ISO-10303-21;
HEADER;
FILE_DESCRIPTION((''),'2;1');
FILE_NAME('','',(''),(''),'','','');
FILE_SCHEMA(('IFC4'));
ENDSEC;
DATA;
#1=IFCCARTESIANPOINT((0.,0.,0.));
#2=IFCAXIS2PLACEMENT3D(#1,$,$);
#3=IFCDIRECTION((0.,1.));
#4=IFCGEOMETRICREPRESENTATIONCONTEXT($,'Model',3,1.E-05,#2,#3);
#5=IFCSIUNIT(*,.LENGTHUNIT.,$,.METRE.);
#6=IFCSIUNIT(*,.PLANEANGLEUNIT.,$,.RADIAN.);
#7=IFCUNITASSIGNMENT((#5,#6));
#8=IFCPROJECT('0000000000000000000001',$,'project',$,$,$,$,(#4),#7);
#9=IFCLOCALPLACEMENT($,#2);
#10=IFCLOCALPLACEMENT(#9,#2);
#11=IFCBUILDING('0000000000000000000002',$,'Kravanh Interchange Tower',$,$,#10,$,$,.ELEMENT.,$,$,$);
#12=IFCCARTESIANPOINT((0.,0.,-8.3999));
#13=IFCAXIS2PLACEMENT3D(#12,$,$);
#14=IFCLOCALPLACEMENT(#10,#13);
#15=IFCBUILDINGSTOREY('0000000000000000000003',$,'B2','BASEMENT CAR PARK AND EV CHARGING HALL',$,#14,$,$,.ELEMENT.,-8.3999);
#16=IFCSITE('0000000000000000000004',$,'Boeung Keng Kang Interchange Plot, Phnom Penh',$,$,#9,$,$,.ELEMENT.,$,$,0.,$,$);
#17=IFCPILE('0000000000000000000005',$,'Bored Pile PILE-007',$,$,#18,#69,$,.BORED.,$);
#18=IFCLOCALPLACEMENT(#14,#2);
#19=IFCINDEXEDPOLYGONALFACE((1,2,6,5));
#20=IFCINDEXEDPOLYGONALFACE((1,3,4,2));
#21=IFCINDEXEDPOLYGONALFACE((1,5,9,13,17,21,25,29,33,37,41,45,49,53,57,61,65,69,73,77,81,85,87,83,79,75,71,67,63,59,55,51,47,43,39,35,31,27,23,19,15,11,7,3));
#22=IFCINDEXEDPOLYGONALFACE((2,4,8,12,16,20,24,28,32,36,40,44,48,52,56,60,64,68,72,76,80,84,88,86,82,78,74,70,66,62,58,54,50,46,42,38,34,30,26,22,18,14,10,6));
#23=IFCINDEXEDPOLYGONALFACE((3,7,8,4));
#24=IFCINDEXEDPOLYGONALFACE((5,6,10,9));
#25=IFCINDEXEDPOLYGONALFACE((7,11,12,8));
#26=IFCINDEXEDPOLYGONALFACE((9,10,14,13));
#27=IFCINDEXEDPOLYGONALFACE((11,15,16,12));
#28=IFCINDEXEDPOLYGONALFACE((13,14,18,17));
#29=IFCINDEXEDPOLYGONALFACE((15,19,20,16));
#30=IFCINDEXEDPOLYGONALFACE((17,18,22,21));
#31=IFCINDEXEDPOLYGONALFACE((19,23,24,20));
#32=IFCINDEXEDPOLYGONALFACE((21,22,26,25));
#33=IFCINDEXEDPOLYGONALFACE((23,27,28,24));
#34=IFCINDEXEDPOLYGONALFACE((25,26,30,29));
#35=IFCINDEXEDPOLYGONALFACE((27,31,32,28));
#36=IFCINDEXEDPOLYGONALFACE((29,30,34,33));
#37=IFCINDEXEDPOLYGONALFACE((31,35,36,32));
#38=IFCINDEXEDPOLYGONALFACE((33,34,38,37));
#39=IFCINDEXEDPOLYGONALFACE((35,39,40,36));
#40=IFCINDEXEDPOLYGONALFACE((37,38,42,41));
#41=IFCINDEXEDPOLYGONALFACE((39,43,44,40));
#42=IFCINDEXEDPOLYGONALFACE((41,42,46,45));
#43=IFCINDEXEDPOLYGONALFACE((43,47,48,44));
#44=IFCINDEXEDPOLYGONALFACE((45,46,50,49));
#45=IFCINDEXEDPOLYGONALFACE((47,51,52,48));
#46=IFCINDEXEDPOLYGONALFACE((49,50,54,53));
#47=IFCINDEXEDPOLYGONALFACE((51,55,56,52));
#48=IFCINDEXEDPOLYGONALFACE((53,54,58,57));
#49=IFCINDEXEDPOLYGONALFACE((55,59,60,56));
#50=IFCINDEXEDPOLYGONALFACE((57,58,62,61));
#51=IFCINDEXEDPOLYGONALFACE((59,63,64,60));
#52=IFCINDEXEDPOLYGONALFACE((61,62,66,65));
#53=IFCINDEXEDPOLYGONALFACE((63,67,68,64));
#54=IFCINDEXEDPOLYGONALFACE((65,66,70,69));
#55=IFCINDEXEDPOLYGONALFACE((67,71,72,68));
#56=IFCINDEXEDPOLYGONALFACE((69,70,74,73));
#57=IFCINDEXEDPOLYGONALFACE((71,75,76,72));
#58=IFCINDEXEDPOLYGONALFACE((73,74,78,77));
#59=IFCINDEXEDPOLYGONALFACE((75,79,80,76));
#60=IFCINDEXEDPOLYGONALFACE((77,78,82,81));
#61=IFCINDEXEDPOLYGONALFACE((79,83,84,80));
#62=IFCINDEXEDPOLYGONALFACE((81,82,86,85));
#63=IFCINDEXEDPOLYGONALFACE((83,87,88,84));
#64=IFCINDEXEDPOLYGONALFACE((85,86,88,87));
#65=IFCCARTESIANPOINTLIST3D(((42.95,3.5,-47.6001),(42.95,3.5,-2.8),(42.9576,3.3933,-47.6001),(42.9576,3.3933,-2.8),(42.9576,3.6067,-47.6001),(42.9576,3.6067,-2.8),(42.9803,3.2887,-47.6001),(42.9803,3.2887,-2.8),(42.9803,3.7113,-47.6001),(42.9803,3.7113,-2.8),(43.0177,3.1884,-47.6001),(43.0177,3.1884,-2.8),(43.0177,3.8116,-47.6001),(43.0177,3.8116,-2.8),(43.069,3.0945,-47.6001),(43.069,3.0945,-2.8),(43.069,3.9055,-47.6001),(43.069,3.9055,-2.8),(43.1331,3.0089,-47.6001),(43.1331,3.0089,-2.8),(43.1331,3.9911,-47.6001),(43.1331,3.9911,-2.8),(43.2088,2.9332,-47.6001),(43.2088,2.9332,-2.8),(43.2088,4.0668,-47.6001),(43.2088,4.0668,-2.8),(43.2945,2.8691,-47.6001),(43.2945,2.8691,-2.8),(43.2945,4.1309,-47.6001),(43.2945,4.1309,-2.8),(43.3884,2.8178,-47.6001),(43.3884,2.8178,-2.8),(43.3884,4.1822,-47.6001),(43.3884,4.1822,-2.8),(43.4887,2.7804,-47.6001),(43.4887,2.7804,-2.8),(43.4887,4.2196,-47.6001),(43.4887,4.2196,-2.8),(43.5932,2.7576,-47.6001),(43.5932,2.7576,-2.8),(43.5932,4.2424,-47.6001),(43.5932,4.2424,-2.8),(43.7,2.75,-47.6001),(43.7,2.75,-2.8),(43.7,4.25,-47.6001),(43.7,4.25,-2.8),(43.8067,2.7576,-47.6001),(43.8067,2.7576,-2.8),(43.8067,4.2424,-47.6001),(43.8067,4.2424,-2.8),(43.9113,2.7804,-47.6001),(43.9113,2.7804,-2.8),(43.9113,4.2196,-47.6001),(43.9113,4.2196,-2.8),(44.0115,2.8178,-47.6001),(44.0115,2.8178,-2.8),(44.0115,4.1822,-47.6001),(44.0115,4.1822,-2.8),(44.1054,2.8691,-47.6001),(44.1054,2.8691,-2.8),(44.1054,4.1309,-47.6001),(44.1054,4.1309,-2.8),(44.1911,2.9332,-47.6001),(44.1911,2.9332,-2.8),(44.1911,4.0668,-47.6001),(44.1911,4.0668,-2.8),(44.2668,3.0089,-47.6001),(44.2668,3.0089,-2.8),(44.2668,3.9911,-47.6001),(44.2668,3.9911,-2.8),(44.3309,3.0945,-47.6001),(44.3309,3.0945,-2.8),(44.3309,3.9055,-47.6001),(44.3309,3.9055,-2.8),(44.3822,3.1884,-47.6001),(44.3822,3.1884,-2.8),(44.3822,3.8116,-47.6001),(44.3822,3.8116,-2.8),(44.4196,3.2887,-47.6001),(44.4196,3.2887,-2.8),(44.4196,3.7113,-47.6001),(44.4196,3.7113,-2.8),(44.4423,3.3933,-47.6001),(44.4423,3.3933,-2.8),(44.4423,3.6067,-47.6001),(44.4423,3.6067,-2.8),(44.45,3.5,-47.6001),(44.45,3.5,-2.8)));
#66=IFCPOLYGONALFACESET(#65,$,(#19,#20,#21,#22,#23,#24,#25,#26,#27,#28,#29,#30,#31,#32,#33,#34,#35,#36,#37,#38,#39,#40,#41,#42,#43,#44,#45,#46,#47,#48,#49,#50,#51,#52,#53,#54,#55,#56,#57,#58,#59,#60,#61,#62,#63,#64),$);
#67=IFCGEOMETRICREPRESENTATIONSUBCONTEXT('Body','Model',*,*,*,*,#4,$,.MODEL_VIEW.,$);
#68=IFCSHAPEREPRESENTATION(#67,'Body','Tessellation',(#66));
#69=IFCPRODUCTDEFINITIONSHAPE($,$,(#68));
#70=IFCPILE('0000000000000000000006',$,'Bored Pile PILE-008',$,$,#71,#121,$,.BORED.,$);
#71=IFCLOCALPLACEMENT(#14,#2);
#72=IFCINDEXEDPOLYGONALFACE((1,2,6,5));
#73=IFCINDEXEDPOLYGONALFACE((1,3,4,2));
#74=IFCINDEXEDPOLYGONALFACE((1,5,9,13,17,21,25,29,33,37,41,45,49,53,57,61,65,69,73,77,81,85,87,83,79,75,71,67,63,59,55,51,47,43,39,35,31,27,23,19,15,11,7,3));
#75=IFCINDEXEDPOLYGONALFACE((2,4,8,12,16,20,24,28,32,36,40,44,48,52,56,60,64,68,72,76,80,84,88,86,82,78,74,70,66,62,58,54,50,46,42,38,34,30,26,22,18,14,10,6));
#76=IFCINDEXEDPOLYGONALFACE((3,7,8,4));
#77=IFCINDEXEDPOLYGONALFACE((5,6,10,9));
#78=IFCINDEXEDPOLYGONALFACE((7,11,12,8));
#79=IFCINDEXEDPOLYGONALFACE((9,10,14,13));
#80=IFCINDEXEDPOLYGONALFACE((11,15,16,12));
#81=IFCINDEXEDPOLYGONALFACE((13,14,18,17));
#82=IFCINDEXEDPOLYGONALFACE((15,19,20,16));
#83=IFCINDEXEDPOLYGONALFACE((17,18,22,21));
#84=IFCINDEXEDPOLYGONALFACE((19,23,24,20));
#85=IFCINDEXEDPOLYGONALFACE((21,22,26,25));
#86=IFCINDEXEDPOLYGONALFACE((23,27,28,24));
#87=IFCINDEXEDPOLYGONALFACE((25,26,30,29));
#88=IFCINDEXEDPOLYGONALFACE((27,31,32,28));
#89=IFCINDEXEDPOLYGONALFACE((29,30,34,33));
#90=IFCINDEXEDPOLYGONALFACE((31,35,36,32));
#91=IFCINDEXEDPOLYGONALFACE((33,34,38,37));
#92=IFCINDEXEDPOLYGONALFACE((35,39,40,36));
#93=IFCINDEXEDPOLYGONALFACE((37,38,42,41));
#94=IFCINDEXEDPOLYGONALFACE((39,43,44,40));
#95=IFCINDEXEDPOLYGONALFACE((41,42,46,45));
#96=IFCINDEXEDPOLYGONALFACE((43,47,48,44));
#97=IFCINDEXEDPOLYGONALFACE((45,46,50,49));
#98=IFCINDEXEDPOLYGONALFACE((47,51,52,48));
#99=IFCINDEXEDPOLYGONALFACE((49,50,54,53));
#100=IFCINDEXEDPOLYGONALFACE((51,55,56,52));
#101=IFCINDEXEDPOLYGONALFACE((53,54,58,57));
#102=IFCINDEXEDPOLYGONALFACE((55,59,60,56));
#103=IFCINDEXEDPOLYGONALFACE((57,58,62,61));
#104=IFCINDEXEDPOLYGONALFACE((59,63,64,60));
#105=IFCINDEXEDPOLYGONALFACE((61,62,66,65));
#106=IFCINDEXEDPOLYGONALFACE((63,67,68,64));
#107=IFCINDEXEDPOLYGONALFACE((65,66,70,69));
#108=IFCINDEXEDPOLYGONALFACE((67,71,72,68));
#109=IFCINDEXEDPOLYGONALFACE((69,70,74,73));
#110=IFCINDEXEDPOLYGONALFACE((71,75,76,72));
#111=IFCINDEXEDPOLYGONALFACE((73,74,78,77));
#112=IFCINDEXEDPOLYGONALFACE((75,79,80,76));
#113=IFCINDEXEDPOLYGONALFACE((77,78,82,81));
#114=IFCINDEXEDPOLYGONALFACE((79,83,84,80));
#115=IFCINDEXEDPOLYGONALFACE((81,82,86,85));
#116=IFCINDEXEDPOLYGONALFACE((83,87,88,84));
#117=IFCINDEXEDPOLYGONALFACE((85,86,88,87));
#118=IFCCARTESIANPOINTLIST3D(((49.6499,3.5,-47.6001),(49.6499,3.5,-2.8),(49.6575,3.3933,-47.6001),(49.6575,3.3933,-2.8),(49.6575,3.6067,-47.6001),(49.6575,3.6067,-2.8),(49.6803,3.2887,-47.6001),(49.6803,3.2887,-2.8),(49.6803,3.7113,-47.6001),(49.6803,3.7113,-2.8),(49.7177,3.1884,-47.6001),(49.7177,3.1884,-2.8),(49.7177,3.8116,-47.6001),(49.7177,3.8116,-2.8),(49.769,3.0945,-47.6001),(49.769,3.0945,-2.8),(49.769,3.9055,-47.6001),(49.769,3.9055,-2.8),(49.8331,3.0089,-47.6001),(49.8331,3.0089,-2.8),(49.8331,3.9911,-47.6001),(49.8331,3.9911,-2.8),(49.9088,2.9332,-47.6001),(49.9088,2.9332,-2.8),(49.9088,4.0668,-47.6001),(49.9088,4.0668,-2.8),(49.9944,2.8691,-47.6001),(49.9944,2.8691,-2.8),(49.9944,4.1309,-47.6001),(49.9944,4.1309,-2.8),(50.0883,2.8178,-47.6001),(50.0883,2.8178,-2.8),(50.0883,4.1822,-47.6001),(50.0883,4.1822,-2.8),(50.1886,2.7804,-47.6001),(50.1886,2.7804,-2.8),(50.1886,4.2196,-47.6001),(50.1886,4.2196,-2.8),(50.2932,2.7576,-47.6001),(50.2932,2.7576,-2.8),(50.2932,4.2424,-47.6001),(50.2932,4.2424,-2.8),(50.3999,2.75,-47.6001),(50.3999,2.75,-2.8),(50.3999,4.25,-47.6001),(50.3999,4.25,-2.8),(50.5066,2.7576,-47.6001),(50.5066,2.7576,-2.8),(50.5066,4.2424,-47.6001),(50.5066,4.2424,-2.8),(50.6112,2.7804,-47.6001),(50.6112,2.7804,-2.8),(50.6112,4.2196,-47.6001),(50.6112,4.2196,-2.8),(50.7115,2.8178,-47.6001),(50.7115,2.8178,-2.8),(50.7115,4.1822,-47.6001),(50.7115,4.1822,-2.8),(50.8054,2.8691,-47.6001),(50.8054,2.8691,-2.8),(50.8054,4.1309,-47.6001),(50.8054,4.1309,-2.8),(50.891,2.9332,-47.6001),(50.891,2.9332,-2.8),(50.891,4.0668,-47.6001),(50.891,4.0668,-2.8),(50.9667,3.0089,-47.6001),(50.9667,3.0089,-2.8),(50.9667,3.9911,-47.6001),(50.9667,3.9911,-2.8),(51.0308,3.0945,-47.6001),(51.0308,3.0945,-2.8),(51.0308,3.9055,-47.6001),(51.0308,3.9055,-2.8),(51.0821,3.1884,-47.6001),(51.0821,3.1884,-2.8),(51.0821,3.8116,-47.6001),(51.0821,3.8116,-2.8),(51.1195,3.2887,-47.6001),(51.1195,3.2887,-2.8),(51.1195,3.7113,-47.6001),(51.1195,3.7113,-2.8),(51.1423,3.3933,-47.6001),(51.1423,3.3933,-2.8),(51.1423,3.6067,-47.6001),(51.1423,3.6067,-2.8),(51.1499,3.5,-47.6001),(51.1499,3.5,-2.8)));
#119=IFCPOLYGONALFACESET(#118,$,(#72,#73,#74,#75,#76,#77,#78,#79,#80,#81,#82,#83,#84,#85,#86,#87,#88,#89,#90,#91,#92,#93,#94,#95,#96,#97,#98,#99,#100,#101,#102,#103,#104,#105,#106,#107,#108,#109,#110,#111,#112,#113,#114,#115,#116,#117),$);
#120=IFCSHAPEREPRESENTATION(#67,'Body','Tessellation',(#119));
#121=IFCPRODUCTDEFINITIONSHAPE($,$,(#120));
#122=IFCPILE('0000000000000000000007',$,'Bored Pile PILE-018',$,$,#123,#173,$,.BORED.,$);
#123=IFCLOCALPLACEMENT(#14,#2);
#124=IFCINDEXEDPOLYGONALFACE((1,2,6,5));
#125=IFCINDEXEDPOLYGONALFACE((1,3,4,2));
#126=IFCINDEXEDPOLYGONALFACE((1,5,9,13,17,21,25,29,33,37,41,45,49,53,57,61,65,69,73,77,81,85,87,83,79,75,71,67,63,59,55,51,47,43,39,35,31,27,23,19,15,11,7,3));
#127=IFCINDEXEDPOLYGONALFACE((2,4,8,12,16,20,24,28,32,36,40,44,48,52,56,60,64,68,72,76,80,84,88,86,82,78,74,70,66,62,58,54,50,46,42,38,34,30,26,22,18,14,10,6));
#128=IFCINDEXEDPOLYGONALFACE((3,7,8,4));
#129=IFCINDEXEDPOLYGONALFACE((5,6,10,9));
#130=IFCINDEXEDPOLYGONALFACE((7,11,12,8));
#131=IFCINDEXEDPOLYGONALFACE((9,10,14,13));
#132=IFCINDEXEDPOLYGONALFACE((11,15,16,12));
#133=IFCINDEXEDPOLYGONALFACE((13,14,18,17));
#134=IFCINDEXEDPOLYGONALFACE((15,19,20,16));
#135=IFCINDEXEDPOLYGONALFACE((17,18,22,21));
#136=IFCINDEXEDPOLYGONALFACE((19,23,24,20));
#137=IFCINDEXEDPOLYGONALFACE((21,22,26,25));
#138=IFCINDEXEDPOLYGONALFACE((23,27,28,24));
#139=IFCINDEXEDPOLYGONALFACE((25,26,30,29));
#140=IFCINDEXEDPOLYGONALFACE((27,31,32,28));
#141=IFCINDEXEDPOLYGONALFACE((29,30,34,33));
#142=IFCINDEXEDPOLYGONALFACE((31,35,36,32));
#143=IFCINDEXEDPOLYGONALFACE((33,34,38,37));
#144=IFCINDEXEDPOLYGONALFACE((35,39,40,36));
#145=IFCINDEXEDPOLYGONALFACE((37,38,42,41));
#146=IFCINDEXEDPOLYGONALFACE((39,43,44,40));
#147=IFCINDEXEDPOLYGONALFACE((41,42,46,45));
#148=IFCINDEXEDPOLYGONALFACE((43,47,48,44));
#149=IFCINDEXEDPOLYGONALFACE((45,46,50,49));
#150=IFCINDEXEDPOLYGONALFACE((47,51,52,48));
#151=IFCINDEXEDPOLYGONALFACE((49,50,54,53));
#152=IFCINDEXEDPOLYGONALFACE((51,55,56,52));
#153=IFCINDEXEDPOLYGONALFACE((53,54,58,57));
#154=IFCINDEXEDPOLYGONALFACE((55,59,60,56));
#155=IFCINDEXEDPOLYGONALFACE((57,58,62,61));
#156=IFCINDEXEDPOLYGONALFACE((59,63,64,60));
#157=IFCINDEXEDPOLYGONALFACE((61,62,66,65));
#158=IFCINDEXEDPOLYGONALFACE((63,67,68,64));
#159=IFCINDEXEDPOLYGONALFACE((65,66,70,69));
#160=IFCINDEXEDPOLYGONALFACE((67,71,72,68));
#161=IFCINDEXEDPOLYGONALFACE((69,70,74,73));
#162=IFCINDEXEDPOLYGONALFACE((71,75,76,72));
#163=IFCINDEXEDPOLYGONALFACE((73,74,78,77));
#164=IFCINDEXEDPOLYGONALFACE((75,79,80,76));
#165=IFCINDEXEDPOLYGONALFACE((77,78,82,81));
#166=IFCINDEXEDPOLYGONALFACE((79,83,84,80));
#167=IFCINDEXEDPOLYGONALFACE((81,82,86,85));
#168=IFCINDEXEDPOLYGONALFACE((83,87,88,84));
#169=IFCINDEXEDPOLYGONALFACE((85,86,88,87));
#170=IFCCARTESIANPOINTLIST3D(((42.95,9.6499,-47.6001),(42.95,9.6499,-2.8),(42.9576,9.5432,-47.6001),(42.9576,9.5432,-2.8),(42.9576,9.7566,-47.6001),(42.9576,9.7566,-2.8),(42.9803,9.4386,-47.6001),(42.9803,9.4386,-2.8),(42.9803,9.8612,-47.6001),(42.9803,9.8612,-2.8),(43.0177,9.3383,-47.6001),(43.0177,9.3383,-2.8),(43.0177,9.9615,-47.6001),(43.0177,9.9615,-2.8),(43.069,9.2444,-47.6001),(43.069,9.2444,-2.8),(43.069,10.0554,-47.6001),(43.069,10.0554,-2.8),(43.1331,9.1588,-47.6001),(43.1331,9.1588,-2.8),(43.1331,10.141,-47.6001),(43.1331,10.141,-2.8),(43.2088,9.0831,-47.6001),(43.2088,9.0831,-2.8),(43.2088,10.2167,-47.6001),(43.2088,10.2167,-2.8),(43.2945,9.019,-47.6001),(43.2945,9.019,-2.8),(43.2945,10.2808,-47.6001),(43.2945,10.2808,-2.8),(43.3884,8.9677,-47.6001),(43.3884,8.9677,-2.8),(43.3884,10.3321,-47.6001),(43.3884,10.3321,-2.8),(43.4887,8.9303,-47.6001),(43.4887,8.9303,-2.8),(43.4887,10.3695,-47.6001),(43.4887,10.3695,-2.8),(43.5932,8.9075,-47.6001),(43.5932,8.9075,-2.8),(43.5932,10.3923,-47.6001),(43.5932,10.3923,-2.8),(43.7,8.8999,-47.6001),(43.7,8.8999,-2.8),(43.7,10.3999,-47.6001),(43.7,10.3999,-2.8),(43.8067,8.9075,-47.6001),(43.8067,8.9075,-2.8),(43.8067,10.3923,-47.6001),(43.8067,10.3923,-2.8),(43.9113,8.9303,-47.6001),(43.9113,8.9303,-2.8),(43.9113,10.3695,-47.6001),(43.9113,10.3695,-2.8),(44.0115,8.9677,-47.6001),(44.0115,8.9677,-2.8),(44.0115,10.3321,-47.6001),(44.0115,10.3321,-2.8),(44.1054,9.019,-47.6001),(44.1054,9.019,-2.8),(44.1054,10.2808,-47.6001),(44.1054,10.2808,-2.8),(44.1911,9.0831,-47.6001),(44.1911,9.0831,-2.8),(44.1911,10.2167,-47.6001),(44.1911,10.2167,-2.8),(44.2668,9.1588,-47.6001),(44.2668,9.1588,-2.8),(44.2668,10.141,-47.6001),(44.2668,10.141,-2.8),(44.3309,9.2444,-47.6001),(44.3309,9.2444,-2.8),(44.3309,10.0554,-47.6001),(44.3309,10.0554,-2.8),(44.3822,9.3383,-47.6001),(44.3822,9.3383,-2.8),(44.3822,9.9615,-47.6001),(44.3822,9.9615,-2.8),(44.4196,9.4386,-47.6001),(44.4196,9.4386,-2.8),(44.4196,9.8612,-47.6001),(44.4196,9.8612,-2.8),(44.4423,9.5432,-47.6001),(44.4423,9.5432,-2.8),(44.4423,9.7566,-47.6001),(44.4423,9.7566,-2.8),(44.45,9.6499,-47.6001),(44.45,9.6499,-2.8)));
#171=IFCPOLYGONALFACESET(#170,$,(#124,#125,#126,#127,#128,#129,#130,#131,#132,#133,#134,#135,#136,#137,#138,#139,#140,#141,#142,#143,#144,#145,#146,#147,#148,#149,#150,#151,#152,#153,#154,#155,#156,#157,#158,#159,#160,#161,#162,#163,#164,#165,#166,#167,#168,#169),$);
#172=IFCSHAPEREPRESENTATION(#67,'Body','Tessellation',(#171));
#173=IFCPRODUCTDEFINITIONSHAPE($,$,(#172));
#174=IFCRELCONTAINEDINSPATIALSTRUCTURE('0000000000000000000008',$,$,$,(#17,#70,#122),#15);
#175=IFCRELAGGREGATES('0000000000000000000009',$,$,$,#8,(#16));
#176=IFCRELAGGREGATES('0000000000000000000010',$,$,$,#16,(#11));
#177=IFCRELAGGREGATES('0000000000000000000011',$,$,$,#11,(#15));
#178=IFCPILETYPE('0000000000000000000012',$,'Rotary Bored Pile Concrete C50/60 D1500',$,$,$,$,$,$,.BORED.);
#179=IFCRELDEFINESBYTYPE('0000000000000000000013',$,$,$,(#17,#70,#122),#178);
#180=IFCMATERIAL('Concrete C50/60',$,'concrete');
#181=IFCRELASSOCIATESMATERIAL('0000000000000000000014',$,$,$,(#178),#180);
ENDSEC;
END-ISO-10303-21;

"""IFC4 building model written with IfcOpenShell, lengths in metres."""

from ifc_helpers import new_model, si_unit, direction, frame, origin, origin_2d, place, context, subcontext, project, spatial, circle, extrude, material, material_profile, profile_set, type_object, element, save


model = new_model("IFC4")

# Units and contexts
model_context = context("Model", 3, precision=1e-05, world=origin(), true_north=direction((0.0, 1.0)))
body_context = subcontext(model_context, "Body", "Model", "MODEL_VIEW")
ifc_project = project(units=[si_unit("LENGTHUNIT", "METRE"), si_unit("PLANEANGLEUNIT", "RADIAN")], contexts=[model_context])

# Site, building, storey
site_placement = place(None, origin())
site = spatial("IfcSite", under=ifc_project, at=site_placement, Name="Boeung Keng Kang Interchange Plot, Phnom Penh", CompositionType="ELEMENT", RefElevation=0.0)
building_placement = place(site_placement, origin())
building = spatial("IfcBuilding", under=site, at=building_placement, Name="Kravanh Interchange Tower", CompositionType="ELEMENT")
storey_placement = place(building_placement, frame((0.0, 0.0, -8.3999)))
storey = spatial("IfcBuildingStorey", under=building, at=storey_placement, Name="B2", Description="BASEMENT CAR PARK AND EV CHARGING HALL", CompositionType="ELEMENT", Elevation=-8.3999)

# Piles
ifc_material_1 = material(Name="Concrete C50/60", Category="concrete")
ifc_material_profile_1 = material_profile(ifc_material_1, circle(Radius=0.75, at=origin_2d()), Name="PILE-D1500")
ifc_profile_set_1 = profile_set([ifc_material_profile_1], Name="Concrete C50/60")
pile_type = type_object("IfcPileType", Name="Rotary Bored Pile Concrete C50/60 D1500", PredefinedType="BORED", material=ifc_profile_set_1)
for number, where, z_axis, x_axis, name in (
    (1, (43.7, 3.5, -2.8), (0.0, 0.0, -1.0), (1.0, 0.0, 0.0), "Bored Pile PILE-007"),
    (2, (50.3999, 3.5, -2.8), (0.0, 0.0, -1.0), (1.0, 0.0, 0.0), "Bored Pile PILE-008"),
    (3, (43.7, 9.6499, -2.8), (0.0, 0.0, -1.0), (1.0, 0.0, 0.0), "Bored Pile PILE-018"),
):
    element("IfcPile", number, at=place(storey_placement, frame(where, z_axis=z_axis, x_axis=x_axis)), inside=storey, type_object=pile_type, Name=name, PredefinedType="BORED", context=body_context, shape_type="SweptSolid", body=[
        extrude(circle(Radius=0.75, at=origin_2d()), origin(), (0.0, 0.0, 1.0), 44.8),
    ])

save(model, "model.ifc")
